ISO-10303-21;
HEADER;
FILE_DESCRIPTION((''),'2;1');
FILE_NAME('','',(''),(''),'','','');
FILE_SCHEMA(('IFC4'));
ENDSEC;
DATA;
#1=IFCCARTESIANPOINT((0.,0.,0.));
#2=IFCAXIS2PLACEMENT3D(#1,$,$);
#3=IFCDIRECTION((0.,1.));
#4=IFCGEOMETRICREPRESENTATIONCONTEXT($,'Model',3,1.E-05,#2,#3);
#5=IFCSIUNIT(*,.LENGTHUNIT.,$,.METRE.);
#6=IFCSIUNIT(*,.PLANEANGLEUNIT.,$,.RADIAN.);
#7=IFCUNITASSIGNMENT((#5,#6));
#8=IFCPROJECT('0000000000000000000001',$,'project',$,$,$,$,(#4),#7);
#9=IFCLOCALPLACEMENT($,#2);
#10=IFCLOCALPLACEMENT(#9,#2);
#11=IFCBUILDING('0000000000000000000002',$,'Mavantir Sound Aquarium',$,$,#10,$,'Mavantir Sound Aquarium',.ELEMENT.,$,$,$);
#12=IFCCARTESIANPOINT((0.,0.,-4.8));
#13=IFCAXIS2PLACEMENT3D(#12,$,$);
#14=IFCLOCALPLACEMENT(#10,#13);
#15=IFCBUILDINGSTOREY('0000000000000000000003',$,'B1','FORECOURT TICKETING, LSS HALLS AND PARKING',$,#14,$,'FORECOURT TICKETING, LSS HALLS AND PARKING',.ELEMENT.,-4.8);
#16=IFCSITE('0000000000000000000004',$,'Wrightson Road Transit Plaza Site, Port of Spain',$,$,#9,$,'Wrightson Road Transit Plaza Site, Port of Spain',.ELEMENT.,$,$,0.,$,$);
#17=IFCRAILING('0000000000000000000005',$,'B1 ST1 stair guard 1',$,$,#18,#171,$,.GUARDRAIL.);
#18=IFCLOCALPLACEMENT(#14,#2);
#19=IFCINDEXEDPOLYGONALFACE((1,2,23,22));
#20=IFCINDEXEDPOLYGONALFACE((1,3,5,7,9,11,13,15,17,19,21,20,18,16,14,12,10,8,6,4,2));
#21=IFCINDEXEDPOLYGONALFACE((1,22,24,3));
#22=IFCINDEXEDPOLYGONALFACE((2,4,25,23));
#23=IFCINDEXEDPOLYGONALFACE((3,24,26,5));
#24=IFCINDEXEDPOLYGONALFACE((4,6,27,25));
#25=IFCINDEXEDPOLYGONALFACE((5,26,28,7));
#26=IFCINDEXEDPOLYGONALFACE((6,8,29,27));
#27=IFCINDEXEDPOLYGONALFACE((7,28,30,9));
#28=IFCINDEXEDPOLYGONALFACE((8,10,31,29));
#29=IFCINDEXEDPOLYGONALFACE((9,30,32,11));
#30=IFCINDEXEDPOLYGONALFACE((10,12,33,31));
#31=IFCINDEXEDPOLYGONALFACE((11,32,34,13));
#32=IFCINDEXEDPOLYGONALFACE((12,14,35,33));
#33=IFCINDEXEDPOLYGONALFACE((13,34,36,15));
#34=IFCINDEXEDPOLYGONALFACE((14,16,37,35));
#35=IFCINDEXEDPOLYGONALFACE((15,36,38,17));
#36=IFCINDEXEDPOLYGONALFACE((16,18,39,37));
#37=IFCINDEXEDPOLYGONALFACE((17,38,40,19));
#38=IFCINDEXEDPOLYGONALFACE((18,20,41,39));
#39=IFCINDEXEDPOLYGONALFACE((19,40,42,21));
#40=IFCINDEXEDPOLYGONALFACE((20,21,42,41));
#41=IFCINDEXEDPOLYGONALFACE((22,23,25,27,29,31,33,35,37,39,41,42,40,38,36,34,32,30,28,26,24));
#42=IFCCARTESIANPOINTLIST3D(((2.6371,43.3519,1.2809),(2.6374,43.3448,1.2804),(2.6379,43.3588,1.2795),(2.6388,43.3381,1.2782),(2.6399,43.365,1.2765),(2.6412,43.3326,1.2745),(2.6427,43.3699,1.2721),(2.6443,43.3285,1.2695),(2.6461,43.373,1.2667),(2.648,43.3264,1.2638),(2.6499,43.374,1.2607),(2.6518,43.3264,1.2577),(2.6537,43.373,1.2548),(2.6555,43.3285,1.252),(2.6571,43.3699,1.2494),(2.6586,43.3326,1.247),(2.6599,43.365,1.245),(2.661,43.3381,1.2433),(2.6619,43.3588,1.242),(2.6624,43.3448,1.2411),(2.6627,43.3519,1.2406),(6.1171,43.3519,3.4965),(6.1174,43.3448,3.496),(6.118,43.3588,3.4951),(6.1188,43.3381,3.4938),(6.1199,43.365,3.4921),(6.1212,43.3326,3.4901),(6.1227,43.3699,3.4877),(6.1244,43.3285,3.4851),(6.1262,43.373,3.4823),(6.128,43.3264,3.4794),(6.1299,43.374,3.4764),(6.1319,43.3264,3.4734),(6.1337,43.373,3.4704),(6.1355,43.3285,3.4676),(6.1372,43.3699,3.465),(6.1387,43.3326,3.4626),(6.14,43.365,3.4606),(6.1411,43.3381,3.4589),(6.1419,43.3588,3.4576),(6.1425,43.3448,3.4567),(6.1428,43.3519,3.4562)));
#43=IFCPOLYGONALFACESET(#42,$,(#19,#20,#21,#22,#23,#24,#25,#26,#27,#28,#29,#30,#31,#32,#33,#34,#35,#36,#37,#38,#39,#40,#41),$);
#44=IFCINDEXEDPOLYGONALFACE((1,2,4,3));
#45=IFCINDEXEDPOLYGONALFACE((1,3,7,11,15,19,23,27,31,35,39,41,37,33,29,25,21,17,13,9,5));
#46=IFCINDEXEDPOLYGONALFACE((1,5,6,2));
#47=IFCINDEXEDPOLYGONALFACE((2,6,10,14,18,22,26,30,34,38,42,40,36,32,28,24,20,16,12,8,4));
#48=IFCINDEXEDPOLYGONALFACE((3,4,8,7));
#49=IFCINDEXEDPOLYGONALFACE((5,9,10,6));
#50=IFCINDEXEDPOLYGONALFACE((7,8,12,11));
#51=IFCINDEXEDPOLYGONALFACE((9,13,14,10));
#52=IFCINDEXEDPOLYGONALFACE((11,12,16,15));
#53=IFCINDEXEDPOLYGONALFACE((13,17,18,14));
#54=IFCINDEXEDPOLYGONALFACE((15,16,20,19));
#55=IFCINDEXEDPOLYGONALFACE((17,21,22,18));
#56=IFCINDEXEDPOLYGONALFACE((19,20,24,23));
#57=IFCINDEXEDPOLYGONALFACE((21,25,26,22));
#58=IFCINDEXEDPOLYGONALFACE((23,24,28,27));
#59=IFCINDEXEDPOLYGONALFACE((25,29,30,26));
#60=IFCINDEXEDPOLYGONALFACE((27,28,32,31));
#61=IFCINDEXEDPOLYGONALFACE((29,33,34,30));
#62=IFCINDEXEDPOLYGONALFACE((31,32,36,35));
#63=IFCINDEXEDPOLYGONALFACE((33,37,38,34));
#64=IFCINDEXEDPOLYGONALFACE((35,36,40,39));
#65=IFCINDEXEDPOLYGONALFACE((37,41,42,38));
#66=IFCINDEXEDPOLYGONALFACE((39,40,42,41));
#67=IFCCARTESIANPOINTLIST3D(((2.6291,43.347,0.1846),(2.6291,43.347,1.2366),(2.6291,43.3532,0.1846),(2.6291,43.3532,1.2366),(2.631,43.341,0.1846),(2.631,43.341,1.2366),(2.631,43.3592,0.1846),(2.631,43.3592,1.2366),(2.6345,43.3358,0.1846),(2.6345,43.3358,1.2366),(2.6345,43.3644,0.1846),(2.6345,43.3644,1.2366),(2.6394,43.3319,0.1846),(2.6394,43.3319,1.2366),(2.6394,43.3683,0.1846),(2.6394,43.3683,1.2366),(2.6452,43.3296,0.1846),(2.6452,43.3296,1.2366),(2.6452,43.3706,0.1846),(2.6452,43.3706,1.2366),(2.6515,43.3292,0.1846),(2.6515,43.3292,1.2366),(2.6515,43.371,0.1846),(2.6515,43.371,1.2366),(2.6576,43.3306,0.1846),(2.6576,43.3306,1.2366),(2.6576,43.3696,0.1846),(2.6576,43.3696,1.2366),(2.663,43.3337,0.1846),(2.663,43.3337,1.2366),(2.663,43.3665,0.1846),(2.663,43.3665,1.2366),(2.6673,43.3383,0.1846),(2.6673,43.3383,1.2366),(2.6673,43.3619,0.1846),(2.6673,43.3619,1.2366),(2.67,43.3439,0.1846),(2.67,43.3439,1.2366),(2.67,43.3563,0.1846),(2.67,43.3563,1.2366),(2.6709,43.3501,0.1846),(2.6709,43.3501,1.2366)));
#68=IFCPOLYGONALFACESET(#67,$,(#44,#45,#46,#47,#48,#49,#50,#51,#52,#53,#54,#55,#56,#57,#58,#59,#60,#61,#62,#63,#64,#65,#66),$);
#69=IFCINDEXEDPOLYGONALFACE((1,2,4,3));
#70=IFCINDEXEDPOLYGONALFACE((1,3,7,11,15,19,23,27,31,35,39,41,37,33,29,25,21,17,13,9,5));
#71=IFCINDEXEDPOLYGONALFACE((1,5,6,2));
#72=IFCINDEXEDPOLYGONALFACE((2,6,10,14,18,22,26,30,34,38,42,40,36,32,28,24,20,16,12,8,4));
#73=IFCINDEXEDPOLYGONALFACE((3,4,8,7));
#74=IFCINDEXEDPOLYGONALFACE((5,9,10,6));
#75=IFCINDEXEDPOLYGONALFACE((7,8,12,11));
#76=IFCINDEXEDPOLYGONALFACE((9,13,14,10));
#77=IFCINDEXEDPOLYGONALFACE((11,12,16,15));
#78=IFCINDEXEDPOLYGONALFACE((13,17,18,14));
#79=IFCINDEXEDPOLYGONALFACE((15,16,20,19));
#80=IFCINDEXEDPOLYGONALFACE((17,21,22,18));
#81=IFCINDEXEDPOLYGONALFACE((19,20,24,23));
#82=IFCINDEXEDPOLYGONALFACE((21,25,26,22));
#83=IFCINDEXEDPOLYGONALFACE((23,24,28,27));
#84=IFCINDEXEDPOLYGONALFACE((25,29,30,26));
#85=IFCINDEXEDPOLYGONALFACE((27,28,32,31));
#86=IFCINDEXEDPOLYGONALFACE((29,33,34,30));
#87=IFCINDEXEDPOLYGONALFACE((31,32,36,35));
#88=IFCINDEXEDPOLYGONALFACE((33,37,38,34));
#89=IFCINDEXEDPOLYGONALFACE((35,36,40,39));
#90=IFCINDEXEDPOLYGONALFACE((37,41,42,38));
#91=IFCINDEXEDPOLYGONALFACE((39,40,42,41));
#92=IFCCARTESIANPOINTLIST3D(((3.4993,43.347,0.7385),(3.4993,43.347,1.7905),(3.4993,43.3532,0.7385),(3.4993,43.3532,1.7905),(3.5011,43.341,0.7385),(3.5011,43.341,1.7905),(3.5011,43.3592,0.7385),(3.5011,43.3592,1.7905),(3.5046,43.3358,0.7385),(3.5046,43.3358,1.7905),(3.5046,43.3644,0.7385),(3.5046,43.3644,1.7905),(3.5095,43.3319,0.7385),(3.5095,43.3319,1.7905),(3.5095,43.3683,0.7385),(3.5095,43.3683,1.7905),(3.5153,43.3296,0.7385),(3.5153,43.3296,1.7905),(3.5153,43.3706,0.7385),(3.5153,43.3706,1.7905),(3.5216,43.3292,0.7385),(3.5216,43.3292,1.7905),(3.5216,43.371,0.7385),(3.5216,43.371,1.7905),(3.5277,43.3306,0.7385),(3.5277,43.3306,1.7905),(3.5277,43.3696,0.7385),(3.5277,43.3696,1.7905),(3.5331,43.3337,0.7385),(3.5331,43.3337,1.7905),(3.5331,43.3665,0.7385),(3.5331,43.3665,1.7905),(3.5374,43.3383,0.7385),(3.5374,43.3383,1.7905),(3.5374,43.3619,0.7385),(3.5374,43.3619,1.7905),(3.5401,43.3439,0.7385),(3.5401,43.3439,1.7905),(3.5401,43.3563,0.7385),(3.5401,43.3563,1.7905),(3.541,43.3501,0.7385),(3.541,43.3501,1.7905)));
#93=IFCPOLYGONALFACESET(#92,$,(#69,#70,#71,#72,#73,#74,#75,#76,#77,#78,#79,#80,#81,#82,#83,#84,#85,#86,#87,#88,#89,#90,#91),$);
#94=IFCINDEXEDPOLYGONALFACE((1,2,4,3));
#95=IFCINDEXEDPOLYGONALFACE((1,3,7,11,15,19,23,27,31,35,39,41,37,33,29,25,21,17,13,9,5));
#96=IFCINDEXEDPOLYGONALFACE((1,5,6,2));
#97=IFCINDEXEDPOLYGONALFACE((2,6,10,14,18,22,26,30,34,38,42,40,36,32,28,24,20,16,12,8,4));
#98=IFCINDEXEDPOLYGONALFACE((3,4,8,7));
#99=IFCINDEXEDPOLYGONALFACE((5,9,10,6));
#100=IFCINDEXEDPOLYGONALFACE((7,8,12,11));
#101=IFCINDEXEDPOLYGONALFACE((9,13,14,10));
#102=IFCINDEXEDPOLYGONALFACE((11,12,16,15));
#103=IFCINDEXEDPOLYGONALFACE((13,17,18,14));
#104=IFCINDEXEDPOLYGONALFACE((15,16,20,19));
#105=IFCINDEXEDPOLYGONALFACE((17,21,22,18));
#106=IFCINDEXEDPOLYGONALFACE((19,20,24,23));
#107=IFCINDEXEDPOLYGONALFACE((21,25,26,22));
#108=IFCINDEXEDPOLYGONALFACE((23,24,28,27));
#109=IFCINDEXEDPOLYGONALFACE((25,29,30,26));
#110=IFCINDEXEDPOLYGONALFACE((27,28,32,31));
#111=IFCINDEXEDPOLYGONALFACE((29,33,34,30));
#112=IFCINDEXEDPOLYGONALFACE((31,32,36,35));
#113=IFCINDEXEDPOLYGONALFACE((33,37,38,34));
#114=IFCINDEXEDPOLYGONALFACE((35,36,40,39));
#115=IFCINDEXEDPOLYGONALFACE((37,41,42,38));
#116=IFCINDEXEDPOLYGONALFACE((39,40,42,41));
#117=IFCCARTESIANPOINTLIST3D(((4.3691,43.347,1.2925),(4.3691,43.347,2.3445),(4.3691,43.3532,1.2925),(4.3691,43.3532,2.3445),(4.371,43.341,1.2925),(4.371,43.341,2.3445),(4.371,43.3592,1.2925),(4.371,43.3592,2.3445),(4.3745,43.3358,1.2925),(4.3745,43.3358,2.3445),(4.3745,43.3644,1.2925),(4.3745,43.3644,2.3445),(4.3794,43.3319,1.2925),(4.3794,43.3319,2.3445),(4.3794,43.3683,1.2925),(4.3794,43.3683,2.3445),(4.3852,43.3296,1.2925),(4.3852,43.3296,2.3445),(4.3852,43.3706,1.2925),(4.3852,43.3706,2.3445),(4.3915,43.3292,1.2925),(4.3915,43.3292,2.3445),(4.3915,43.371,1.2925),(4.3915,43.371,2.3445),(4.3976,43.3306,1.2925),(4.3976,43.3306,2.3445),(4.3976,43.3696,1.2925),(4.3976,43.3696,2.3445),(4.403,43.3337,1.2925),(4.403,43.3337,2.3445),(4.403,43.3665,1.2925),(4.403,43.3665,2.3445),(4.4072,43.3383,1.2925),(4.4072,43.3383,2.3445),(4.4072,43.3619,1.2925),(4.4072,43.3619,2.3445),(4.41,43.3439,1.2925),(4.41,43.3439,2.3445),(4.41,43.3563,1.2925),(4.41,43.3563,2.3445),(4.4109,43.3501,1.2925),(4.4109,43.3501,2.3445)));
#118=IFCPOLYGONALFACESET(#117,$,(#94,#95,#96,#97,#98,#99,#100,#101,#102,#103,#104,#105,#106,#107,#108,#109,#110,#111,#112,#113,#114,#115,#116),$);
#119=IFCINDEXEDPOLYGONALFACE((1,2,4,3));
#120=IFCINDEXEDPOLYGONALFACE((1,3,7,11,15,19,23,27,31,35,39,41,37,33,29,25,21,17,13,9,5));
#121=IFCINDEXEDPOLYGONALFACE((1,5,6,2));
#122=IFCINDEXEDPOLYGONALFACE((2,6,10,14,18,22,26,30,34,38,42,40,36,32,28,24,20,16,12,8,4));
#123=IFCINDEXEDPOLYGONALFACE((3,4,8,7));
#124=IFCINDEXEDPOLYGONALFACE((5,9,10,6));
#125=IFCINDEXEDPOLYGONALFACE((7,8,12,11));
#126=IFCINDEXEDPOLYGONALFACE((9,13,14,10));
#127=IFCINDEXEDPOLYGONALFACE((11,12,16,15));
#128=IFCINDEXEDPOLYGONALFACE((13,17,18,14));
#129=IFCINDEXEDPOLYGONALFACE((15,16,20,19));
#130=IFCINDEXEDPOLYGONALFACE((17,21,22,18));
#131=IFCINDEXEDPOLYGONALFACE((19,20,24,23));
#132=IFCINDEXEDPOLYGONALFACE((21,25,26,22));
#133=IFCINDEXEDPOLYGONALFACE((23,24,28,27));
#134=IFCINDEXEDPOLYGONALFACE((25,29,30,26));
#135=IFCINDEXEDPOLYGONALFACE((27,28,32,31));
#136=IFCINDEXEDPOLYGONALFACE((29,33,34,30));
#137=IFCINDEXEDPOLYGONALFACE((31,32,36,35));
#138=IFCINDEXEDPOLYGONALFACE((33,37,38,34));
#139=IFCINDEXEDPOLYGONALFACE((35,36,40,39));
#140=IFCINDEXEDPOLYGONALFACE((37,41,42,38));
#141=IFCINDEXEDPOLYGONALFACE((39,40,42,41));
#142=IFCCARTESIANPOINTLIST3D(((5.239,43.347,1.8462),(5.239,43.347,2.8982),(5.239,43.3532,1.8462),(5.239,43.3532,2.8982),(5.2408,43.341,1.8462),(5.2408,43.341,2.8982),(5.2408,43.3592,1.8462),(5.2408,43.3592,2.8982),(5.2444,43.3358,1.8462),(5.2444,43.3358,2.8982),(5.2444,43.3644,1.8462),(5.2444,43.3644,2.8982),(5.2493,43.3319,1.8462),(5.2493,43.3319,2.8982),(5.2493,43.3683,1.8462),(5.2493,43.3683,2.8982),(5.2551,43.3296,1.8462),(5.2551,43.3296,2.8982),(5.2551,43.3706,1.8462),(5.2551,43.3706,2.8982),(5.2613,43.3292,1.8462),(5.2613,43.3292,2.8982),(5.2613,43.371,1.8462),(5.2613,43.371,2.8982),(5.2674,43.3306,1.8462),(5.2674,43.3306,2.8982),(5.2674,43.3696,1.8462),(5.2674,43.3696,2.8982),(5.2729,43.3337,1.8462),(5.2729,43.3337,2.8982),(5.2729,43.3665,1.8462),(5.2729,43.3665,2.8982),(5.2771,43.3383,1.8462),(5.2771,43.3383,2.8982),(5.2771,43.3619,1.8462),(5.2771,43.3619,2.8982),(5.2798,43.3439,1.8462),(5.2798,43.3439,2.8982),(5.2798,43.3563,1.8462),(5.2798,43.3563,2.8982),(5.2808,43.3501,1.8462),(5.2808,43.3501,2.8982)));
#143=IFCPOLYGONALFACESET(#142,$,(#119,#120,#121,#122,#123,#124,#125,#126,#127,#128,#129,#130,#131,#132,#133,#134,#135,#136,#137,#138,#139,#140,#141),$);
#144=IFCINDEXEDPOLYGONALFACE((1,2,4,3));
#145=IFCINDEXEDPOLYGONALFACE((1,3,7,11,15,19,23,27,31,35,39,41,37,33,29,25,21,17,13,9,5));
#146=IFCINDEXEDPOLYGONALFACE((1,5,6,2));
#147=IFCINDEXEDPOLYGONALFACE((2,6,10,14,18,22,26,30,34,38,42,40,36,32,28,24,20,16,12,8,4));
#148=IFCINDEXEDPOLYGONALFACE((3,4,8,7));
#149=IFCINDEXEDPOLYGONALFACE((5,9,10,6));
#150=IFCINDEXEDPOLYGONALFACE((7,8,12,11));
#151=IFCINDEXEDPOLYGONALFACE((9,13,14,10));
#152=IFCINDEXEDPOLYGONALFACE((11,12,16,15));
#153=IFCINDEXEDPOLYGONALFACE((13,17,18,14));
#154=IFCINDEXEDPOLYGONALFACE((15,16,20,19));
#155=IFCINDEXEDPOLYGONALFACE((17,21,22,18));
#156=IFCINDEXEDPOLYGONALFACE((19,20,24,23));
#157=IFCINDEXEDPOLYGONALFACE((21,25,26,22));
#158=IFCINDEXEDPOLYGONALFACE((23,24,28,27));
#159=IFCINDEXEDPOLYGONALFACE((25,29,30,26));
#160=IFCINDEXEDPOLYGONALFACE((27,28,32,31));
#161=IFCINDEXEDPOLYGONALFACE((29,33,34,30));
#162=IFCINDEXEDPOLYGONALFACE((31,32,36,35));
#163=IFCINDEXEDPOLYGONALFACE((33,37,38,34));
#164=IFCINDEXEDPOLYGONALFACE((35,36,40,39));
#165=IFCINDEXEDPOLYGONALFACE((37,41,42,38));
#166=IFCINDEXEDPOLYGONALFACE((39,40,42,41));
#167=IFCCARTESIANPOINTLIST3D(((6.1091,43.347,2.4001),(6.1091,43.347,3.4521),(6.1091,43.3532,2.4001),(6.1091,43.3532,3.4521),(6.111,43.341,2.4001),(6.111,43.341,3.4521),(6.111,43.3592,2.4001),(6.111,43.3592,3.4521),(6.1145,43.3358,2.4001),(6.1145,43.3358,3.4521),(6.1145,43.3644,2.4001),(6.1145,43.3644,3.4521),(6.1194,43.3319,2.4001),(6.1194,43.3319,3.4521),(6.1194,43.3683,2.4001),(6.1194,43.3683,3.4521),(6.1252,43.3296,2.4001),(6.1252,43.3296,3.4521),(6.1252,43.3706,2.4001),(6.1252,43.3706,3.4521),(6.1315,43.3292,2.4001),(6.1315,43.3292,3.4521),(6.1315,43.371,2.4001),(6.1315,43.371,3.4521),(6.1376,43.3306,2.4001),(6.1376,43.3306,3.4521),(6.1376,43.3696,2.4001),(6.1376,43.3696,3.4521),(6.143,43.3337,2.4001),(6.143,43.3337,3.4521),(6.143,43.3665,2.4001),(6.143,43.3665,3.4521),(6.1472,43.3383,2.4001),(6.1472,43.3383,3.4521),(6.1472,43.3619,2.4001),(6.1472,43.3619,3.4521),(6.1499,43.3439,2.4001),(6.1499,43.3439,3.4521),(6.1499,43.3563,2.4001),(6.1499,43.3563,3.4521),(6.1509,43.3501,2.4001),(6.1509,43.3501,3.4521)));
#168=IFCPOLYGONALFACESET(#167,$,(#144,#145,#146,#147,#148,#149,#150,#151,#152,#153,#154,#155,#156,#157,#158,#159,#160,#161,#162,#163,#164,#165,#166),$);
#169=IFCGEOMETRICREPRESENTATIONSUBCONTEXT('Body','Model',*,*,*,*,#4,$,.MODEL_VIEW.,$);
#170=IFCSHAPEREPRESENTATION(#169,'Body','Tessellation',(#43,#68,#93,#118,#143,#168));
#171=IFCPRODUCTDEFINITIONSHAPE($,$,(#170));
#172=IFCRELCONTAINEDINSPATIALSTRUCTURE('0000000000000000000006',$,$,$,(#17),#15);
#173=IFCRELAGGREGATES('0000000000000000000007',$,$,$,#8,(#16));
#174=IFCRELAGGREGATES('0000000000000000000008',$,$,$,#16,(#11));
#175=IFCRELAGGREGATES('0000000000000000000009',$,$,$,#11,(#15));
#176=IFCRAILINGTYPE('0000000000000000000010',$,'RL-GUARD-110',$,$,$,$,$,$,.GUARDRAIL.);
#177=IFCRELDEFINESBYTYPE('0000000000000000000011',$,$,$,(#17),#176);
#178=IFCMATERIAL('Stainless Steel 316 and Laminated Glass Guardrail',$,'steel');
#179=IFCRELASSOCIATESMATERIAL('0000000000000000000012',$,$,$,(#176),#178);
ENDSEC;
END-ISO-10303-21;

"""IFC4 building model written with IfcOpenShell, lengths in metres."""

from ifc_helpers import new_model, si_unit, direction, frame, origin, origin_2d, place, context, subcontext, project, spatial, circle, extrude, material, type_object, element, save


model = new_model("IFC4")

# Units and contexts
model_context = context("Model", 3, precision=1e-05, world=origin(), true_north=direction((0.0, 1.0)))
body_context = subcontext(model_context, "Body", "Model", "MODEL_VIEW")
ifc_project = project(units=[si_unit("LENGTHUNIT", "METRE"), si_unit("PLANEANGLEUNIT", "RADIAN")], contexts=[model_context])

# Site, building, storey
site_placement = place(None, origin())
site = spatial("IfcSite", under=ifc_project, at=site_placement, Name="Wrightson Road Transit Plaza Site, Port of Spain", LongName="Wrightson Road Transit Plaza Site, Port of Spain", CompositionType="ELEMENT", RefElevation=0.0)
building_placement = place(site_placement, origin())
building = spatial("IfcBuilding", under=site, at=building_placement, Name="Mavantir Sound Aquarium", LongName="Mavantir Sound Aquarium", CompositionType="ELEMENT")
storey_placement = place(building_placement, frame((0.0, 0.0, -4.8)))
storey = spatial("IfcBuildingStorey", under=building, at=storey_placement, Name="B1", Description="FORECOURT TICKETING, LSS HALLS AND PARKING", LongName="FORECOURT TICKETING, LSS HALLS AND PARKING", CompositionType="ELEMENT", Elevation=-4.8)

# Railing
ifc_material_1 = material(Name="Stainless Steel 316 and Laminated Glass Guardrail", Category="steel")
railing_type_1 = type_object("IfcRailingType", Name="RL-GUARD-110", PredefinedType="GUARDRAIL", material=ifc_material_1)
railing_1_placement = place(storey_placement, frame((2.6499, 43.3501, 0.1846)))
element("IfcRailing", 1, at=railing_1_placement, inside=storey, type_object=railing_type_1, Name="B1 ST1 stair guard 1", PredefinedType="GUARDRAIL", context=body_context, shape_type="SweptSolid", body=[
    extrude(circle(Radius=0.0239, at=origin_2d()), frame((0.0, 0.0, 1.0762), z_axis=(0.843547, 0.0, 0.537055), x_axis=(0.0, 1.0, 0.0)), (0.0, 0.0, 1.0), 4.1255),
    extrude(circle(Radius=0.021, at=origin_2d()), origin(), (0.0, 0.0, 1.0), 1.052),
    extrude(circle(Radius=0.021, at=origin_2d()), frame((0.8701, 0.0, 0.554)), (0.0, 0.0, 1.0), 1.052),
    extrude(circle(Radius=0.021, at=origin_2d()), frame((1.74, 0.0, 1.1079)), (0.0, 0.0, 1.0), 1.052),
    extrude(circle(Radius=0.021, at=origin_2d()), frame((2.6099, 0.0, 1.6616)), (0.0, 0.0, 1.0), 1.052),
    extrude(circle(Radius=0.021, at=origin_2d()), frame((3.48, 0.0, 2.2156)), (0.0, 0.0, 1.0), 1.052),
])

save(model, "model.ifc")
